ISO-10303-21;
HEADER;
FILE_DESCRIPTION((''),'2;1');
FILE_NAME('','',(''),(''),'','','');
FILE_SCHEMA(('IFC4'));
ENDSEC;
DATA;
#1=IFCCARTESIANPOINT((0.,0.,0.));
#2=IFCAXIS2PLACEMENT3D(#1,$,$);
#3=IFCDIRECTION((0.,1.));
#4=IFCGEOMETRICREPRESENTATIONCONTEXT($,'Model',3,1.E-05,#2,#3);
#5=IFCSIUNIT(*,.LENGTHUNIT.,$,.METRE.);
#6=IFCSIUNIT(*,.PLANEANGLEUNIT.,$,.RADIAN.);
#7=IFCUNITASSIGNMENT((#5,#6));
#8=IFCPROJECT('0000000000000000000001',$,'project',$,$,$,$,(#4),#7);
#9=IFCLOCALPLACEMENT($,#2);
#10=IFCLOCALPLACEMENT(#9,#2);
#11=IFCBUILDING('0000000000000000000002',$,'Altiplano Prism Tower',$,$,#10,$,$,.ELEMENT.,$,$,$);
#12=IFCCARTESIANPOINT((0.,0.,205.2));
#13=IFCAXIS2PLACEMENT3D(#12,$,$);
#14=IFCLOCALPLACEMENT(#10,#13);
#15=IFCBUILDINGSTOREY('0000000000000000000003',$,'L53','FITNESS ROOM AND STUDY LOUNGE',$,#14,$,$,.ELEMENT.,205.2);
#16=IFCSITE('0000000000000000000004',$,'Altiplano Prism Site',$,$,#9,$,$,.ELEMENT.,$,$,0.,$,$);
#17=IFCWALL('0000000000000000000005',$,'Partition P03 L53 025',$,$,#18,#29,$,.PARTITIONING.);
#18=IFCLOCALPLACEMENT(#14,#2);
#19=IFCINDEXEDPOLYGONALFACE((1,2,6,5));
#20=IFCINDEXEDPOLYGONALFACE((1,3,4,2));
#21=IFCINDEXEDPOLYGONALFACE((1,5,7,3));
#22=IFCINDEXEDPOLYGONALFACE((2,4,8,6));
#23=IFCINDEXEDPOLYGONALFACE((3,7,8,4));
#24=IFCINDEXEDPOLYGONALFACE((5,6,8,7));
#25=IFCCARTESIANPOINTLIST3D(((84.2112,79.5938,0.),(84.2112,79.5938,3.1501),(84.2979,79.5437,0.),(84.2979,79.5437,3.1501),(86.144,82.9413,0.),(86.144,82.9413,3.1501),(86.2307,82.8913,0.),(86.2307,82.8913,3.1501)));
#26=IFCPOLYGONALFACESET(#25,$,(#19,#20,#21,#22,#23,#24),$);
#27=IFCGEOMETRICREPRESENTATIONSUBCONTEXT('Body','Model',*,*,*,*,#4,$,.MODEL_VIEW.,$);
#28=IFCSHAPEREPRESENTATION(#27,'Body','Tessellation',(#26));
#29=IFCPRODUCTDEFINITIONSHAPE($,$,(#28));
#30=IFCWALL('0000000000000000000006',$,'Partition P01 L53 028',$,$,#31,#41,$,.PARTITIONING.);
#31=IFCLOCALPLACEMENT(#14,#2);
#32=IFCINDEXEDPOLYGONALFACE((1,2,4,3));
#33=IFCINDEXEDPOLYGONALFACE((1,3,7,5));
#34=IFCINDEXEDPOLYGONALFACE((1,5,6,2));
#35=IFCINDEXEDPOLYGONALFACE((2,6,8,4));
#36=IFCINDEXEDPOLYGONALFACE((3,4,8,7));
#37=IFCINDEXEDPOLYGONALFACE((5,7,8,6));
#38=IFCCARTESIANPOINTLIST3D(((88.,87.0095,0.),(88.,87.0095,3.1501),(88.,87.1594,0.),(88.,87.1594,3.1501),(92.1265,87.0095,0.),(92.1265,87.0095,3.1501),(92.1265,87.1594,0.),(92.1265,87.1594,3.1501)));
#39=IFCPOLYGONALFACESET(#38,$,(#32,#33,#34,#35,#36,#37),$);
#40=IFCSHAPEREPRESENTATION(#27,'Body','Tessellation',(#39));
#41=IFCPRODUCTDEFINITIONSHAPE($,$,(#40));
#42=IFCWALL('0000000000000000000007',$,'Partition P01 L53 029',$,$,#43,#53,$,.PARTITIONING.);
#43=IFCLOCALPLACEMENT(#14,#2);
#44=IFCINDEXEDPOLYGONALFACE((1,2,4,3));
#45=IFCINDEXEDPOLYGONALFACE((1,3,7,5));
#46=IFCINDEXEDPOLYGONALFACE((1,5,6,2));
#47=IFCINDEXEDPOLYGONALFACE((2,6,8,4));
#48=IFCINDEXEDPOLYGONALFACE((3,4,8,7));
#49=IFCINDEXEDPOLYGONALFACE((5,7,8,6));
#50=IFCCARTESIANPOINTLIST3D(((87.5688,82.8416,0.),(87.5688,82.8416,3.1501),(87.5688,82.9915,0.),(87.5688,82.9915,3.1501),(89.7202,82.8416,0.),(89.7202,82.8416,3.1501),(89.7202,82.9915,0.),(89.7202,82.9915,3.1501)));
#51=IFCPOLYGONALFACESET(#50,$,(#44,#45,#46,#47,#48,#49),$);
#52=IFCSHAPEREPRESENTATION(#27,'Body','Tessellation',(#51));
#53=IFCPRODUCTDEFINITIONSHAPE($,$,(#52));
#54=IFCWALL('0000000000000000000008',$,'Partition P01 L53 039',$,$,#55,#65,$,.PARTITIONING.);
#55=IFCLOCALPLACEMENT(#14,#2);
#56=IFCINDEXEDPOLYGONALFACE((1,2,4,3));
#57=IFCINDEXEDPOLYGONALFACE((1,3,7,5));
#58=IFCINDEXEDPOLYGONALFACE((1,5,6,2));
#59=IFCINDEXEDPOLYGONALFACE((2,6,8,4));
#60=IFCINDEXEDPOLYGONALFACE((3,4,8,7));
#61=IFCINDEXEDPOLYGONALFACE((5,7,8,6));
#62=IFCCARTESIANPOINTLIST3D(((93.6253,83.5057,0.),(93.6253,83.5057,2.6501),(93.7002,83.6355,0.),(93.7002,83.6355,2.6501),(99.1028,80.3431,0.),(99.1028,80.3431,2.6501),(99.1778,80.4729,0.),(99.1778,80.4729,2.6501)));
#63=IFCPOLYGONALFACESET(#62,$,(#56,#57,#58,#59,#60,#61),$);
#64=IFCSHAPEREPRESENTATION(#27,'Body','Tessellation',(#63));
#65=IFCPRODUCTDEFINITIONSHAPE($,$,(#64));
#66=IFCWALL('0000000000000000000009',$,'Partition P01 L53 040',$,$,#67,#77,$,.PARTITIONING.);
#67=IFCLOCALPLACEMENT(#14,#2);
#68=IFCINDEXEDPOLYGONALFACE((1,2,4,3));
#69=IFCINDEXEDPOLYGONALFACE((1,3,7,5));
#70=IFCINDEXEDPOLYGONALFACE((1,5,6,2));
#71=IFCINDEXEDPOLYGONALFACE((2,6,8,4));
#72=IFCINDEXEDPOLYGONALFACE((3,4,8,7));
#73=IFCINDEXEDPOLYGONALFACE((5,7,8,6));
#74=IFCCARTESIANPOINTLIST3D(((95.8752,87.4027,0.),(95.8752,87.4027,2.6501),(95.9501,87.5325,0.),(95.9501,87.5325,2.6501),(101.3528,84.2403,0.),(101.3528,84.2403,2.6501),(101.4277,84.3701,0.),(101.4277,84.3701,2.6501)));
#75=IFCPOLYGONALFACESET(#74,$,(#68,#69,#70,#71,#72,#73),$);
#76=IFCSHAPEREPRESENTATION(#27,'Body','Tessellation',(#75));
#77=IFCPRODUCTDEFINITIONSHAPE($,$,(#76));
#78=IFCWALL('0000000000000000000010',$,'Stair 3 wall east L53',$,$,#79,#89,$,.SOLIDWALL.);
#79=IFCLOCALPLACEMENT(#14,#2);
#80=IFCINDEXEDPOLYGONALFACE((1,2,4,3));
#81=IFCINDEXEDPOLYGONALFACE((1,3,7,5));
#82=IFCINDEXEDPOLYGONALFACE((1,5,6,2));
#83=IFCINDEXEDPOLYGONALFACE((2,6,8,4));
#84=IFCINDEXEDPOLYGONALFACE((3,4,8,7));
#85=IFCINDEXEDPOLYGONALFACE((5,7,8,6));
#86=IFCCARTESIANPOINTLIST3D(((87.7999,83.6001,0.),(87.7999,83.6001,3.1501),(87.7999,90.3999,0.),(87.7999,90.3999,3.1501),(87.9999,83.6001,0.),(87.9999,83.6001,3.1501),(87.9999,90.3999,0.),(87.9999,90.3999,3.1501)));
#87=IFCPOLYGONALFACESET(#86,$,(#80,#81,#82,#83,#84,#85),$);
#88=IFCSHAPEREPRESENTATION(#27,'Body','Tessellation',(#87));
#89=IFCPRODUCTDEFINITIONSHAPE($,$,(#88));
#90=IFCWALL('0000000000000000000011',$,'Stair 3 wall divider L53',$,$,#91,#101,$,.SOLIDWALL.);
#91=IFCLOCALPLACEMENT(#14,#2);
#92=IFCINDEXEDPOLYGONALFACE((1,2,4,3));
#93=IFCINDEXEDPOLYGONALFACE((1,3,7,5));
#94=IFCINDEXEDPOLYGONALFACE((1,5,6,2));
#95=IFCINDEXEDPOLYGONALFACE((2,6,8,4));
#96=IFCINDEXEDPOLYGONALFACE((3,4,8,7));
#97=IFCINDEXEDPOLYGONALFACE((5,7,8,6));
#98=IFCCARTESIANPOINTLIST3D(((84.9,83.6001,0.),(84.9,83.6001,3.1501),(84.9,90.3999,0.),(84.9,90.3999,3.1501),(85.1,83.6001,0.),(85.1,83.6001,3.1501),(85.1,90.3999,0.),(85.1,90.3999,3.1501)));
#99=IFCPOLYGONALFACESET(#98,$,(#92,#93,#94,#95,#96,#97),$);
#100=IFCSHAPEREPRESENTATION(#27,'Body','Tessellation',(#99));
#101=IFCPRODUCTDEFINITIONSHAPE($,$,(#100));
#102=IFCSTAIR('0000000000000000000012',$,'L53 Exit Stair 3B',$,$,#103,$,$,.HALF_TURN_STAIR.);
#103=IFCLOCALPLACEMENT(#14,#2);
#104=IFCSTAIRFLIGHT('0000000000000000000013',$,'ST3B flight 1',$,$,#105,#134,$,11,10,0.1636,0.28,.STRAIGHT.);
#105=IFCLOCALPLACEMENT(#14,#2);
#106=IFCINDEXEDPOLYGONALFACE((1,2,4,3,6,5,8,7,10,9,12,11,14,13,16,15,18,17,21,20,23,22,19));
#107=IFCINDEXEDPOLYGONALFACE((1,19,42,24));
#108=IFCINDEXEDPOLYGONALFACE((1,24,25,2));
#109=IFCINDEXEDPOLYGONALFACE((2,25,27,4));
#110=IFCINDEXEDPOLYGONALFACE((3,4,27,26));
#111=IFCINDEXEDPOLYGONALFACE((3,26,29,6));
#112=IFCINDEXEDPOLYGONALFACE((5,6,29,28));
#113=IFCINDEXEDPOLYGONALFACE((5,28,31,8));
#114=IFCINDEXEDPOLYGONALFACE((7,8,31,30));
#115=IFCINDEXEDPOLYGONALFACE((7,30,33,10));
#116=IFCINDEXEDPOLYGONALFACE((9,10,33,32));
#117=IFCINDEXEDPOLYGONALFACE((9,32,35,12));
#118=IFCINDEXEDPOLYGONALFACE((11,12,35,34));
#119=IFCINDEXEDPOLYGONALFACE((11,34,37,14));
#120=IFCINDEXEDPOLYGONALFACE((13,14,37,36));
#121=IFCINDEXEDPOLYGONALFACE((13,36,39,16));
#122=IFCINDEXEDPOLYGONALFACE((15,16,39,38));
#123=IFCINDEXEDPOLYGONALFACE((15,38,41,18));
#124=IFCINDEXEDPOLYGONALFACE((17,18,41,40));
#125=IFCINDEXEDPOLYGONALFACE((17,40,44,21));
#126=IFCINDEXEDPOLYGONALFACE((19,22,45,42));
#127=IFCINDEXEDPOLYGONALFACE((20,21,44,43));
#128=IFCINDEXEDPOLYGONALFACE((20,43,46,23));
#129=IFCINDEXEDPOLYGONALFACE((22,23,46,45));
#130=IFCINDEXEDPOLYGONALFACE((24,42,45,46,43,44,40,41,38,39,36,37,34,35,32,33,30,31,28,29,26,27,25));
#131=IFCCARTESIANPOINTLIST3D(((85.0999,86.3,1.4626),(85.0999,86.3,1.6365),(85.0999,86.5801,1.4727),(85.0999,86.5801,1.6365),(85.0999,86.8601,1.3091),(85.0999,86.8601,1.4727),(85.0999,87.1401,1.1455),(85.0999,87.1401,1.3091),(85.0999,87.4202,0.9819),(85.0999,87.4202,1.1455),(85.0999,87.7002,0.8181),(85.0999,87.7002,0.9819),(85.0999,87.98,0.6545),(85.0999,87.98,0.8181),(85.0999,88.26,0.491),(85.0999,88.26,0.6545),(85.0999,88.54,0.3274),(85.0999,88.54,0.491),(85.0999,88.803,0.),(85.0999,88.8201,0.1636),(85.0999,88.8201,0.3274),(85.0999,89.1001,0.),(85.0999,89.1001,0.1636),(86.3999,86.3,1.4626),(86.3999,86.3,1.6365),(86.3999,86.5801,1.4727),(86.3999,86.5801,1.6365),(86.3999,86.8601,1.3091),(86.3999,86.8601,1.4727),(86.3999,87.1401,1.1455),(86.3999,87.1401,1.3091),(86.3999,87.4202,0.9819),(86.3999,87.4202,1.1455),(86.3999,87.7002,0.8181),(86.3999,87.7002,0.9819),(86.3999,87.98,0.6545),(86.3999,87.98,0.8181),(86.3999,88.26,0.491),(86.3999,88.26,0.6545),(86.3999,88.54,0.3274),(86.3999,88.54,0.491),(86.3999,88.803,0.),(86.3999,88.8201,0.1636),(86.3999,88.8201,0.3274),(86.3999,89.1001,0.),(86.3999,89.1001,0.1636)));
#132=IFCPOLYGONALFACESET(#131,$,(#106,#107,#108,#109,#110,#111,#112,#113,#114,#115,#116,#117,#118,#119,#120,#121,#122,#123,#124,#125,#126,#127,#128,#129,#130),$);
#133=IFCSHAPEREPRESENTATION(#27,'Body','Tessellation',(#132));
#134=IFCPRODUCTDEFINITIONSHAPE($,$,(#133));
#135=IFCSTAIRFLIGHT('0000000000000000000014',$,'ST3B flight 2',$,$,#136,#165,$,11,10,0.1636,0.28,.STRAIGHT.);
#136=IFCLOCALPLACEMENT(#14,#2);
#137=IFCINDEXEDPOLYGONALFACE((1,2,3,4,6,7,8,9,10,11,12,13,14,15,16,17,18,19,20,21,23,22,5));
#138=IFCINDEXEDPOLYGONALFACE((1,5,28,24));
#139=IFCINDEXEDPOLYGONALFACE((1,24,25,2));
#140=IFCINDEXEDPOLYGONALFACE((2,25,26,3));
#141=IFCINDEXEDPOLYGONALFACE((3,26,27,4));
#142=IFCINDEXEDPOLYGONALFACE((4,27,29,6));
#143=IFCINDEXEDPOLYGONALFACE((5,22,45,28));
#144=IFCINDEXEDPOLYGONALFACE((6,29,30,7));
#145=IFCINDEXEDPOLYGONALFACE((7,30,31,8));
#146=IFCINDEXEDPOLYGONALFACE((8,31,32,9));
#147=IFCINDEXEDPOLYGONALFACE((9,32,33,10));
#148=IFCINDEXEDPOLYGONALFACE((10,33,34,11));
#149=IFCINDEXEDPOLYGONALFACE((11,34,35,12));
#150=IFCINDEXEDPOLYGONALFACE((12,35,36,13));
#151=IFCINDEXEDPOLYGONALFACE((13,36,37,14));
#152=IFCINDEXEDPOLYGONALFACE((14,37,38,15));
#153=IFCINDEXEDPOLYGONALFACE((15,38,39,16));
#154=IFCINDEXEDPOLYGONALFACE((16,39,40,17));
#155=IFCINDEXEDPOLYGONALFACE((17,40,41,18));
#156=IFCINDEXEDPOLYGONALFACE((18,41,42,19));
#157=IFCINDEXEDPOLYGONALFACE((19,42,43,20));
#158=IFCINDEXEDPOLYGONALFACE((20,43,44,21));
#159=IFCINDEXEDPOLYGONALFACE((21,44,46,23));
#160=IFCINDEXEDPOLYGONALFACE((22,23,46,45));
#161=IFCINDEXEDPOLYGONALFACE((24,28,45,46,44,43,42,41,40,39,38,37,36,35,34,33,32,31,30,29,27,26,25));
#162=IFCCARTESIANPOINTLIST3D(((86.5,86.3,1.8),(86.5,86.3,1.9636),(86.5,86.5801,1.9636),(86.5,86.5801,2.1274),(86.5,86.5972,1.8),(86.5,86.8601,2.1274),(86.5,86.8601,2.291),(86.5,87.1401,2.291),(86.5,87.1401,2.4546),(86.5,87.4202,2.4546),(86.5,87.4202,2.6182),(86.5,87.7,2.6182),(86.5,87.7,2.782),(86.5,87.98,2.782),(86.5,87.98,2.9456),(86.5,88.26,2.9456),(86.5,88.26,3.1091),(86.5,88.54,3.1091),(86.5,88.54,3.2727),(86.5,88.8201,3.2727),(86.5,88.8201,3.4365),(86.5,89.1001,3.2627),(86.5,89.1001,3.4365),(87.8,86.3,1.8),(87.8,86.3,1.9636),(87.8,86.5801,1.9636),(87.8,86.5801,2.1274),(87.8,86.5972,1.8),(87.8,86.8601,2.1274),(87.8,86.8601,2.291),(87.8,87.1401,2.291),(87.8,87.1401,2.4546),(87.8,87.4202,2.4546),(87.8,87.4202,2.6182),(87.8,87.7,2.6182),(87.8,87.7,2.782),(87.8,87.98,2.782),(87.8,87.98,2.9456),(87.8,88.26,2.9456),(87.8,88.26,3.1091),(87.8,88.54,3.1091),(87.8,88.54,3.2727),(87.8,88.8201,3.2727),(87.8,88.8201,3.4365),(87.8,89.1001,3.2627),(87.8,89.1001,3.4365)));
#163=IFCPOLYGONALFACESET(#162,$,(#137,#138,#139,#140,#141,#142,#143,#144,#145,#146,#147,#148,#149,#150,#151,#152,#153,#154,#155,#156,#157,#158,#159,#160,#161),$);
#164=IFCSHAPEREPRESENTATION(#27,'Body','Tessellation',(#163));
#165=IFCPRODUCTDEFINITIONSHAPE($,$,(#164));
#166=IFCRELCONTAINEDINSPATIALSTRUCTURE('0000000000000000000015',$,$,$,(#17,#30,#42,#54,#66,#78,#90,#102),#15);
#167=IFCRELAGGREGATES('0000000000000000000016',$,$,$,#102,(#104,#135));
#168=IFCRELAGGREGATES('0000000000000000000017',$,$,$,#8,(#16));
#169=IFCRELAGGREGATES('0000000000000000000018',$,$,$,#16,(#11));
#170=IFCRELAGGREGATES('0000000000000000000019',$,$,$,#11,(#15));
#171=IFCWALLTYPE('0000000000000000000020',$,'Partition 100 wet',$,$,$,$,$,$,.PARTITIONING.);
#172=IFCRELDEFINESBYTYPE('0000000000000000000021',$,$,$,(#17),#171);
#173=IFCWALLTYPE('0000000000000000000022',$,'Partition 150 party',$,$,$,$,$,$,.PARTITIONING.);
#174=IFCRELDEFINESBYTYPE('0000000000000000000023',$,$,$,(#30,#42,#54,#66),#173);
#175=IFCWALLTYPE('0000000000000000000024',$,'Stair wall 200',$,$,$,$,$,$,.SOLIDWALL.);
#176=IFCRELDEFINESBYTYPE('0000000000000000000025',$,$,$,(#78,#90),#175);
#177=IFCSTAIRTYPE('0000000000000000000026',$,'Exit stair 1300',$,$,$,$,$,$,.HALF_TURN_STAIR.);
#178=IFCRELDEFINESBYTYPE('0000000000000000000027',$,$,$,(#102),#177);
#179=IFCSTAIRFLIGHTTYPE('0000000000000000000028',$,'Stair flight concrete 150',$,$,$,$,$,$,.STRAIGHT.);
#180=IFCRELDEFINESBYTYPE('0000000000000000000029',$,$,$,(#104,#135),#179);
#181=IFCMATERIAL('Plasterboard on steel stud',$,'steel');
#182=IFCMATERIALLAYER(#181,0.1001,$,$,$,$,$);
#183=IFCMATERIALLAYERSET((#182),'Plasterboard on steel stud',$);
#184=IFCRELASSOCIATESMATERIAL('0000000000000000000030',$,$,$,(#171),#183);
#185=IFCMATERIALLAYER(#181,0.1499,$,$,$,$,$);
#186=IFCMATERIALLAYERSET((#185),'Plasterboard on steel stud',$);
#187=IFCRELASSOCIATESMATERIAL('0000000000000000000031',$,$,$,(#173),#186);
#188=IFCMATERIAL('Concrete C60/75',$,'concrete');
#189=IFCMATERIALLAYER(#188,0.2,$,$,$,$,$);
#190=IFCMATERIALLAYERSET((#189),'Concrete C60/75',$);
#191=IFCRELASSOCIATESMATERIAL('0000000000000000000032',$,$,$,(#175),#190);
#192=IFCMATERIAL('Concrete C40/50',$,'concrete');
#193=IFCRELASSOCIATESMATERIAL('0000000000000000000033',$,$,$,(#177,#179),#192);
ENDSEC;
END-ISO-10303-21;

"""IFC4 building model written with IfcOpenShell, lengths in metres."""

from ifc_helpers import new_model, si_unit, direction, frame, frame_2d, origin, place, context, subcontext, project, spatial, polyline, rectangle, outline, extrude, material, layer, layer_set, type_object, element, aggregate, save


model = new_model("IFC4")

# Units and contexts
model_context = context("Model", 3, precision=1e-05, world=origin(), true_north=direction((0.0, 1.0)))
body_context = subcontext(model_context, "Body", "Model", "MODEL_VIEW")
ifc_project = project(units=[si_unit("LENGTHUNIT", "METRE"), si_unit("PLANEANGLEUNIT", "RADIAN")], contexts=[model_context])

# Site, building, storey
site_placement = place(None, origin())
site = spatial("IfcSite", under=ifc_project, at=site_placement, Name="Altiplano Prism Site", CompositionType="ELEMENT", RefElevation=0.0)
building_placement = place(site_placement, origin())
building = spatial("IfcBuilding", under=site, at=building_placement, Name="Altiplano Prism Tower", CompositionType="ELEMENT")
storey_placement = place(building_placement, frame((0.0, 0.0, 205.2)))
storey = spatial("IfcBuildingStorey", under=building, at=storey_placement, Name="L53", Description="FITNESS ROOM AND STUDY LOUNGE", CompositionType="ELEMENT", Elevation=205.2)

# Shared definitions
ifc_material_1 = material(Name="Concrete C60/75", Category="concrete")

# Walls
ifc_material_2 = material(Name="Plasterboard on steel stud", Category="steel")
ifc_layer_1 = layer(ifc_material_2, 0.1001)
ifc_layer_set_1 = layer_set([ifc_layer_1], Name="Plasterboard on steel stud")
wall_type_1 = type_object("IfcWallType", Name="Partition 100 wet", PredefinedType="PARTITIONING", material=ifc_layer_set_1)
wall_1_placement = place(storey_placement, frame((84.2546, 79.5688, 0.0), z_axis=(0.0, 0.0, 1.0), x_axis=(0.500018, 0.866015, 0.0)))
element("IfcWall", 1, at=wall_1_placement, inside=storey, type_object=wall_type_1, Name="Partition P03 L53 025", PredefinedType="PARTITIONING", context=body_context, shape_type="SweptSolid", body=[
    extrude(rectangle(XDim=3.8655, YDim=0.1001, at=frame_2d((1.9326, 0.0))), origin(), (0.0, 0.0, 1.0), 3.1501),
])
ifc_layer_2 = layer(ifc_material_2, 0.1499)
ifc_layer_set_2 = layer_set([ifc_layer_2], Name="Plasterboard on steel stud")
wall_type_2 = type_object("IfcWallType", Name="Partition 150 party", PredefinedType="PARTITIONING", material=ifc_layer_set_2)
wall_2_placement = place(storey_placement, frame((92.1265, 87.0845, 0.0), z_axis=(0.0, 0.0, 1.0), x_axis=(-1.0, 0.0, 0.0)))
element("IfcWall", 2, at=wall_2_placement, inside=storey, type_object=wall_type_2, Name="Partition P01 L53 028", PredefinedType="PARTITIONING", context=body_context, shape_type="SweptSolid", body=[
    extrude(rectangle(XDim=4.1265, YDim=0.1499, at=frame_2d((2.0632, 0.0))), origin(), (0.0, 0.0, 1.0), 3.1501),
])
wall_3_placement = place(storey_placement, frame((87.5688, 82.9165, 0.0), z_axis=(0.0, 0.0, 1.0), x_axis=(1.0, 0.0, 0.0)))
element("IfcWall", 3, at=wall_3_placement, inside=storey, type_object=wall_type_2, Name="Partition P01 L53 029", PredefinedType="PARTITIONING", context=body_context, shape_type="SweptSolid", body=[
    extrude(rectangle(XDim=2.1514, YDim=0.1499, at=frame_2d((1.0757, 0.0))), origin(), (0.0, 0.0, 1.0), 3.1501),
])
for number, where, z_axis, x_axis, name in (
    (4, (99.1404, 80.408, 0.0), (0.0, 0.0, 1.0), (-0.866016, 0.500016, 0.0), "Partition P01 L53 039"),
    (5, (101.3904, 84.3052, 0.0), (0.0, 0.0, 1.0), (-0.866033, 0.499988, 0.0), "Partition P01 L53 040"),
):
    element("IfcWall", number, at=place(storey_placement, frame(where, z_axis=z_axis, x_axis=x_axis)), inside=storey, type_object=wall_type_2, Name=name, PredefinedType="PARTITIONING", context=body_context, shape_type="SweptSolid", body=[
        extrude(rectangle(XDim=6.325, YDim=0.1499, at=frame_2d((3.1626, 0.0))), origin(), (0.0, 0.0, 1.0), 2.6501),
    ])
ifc_layer_3 = layer(ifc_material_1, 0.2)
ifc_layer_set_3 = layer_set([ifc_layer_3], Name="Concrete C60/75")
wall_type_3 = type_object("IfcWallType", Name="Stair wall 200", PredefinedType="SOLIDWALL", material=ifc_layer_set_3)
for number, where, z_axis, x_axis, name in (
    (6, (87.8999, 83.6001, 0.0), (0.0, 0.0, 1.0), (0.0, 1.0, 0.0), "Stair 3 wall east L53"),
    (7, (85.0, 83.6001, 0.0), (0.0, 0.0, 1.0), (0.0, 1.0, 0.0), "Stair 3 wall divider L53"),
):
    element("IfcWall", number, at=place(storey_placement, frame(where, z_axis=z_axis, x_axis=x_axis)), inside=storey, type_object=wall_type_3, Name=name, PredefinedType="SOLIDWALL", context=body_context, shape_type="SweptSolid", body=[
        extrude(rectangle(XDim=6.7998, YDim=0.2, at=frame_2d((3.3999, 0.0))), origin(), (0.0, 0.0, 1.0), 3.1501),
    ])

# Stair, stair flights
ifc_material_3 = material(Name="Concrete C40/50", Category="concrete")
stair_type = type_object("IfcStairType", Name="Exit stair 1300", PredefinedType="HALF_TURN_STAIR", material=ifc_material_3)
stair_placement = place(storey_placement, origin())
stair = element("IfcStair", 8, at=stair_placement, inside=storey, type_object=stair_type, Name="L53 Exit Stair 3B", PredefinedType="HALF_TURN_STAIR")
stair_flight_type = type_object("IfcStairFlightType", Name="Stair flight concrete 150", PredefinedType="STRAIGHT", material=ifc_material_3)
stair_flight_1_placement = place(storey_placement, frame((85.75, 89.1001, 0.0), z_axis=(0.0, 0.0, 1.0), x_axis=(0.0, -1.0, 0.0)))
stair_flight_1 = element("IfcStairFlight", 9, at=stair_flight_1_placement, type_object=stair_flight_type, Name="ST3B flight 1", NumberOfRisers=11, NumberOfTreads=10, PredefinedType="STRAIGHT", RiserHeight=0.1636, TreadLength=0.28, context=body_context, shape_type="SweptSolid", body=[
    extrude(outline(polyline([(0.0, 0.0), (0.0, 0.1636), (0.28, 0.1636), (0.28, 0.3274), (0.5601, 0.3274), (0.5601, 0.491), (0.8401, 0.491), (0.8401, 0.6545), (1.1201, 0.6545), (1.1201, 0.8181), (1.3999, 0.8181), (1.3999, 0.9819), (1.6799, 0.9819), (1.6799, 1.1455), (1.96, 1.1455), (1.96, 1.3091), (2.24, 1.3091), (2.24, 1.4727), (2.52, 1.4727), (2.52, 1.6365), (2.8, 1.6365), (2.8, 1.8), (2.8, 1.4626), (0.2971, 0.0), (0.0, 0.0)])), frame((0.0, 0.6499, 0.0), z_axis=(0.0, -1.0, 0.0), x_axis=(1.0, 0.0, 0.0)), (0.0, 0.0, 1.0), 1.3),
])
stair_flight_2_placement = place(storey_placement, frame((87.1499, 86.3, 1.8), z_axis=(0.0, 0.0, 1.0), x_axis=(0.0, 1.0, 0.0)))
stair_flight_2 = element("IfcStairFlight", 10, at=stair_flight_2_placement, type_object=stair_flight_type, Name="ST3B flight 2", NumberOfRisers=11, NumberOfTreads=10, PredefinedType="STRAIGHT", RiserHeight=0.1636, TreadLength=0.28, context=body_context, shape_type="SweptSolid", body=[
    extrude(outline(polyline([(0.0, 0.0), (0.0, 0.1636), (0.28, 0.1636), (0.28, 0.3274), (0.5601, 0.3274), (0.5601, 0.491), (0.8401, 0.491), (0.8401, 0.6545), (1.1201, 0.6545), (1.1201, 0.8181), (1.3999, 0.8181), (1.3999, 0.9819), (1.6799, 0.9819), (1.6799, 1.1455), (1.96, 1.1455), (1.96, 1.3091), (2.24, 1.3091), (2.24, 1.4727), (2.52, 1.4727), (2.52, 1.6365), (2.8, 1.6365), (2.8, 1.8), (2.8, 1.4626), (0.2971, 0.0), (0.0, 0.0)])), frame((0.0, 0.6499, 0.0), z_axis=(0.0, -1.0, 0.0), x_axis=(1.0, 0.0, 0.0)), (0.0, 0.0, 1.0), 1.3),
])
aggregate(stair, [stair_flight_1, stair_flight_2])

save(model, "model.ifc")
